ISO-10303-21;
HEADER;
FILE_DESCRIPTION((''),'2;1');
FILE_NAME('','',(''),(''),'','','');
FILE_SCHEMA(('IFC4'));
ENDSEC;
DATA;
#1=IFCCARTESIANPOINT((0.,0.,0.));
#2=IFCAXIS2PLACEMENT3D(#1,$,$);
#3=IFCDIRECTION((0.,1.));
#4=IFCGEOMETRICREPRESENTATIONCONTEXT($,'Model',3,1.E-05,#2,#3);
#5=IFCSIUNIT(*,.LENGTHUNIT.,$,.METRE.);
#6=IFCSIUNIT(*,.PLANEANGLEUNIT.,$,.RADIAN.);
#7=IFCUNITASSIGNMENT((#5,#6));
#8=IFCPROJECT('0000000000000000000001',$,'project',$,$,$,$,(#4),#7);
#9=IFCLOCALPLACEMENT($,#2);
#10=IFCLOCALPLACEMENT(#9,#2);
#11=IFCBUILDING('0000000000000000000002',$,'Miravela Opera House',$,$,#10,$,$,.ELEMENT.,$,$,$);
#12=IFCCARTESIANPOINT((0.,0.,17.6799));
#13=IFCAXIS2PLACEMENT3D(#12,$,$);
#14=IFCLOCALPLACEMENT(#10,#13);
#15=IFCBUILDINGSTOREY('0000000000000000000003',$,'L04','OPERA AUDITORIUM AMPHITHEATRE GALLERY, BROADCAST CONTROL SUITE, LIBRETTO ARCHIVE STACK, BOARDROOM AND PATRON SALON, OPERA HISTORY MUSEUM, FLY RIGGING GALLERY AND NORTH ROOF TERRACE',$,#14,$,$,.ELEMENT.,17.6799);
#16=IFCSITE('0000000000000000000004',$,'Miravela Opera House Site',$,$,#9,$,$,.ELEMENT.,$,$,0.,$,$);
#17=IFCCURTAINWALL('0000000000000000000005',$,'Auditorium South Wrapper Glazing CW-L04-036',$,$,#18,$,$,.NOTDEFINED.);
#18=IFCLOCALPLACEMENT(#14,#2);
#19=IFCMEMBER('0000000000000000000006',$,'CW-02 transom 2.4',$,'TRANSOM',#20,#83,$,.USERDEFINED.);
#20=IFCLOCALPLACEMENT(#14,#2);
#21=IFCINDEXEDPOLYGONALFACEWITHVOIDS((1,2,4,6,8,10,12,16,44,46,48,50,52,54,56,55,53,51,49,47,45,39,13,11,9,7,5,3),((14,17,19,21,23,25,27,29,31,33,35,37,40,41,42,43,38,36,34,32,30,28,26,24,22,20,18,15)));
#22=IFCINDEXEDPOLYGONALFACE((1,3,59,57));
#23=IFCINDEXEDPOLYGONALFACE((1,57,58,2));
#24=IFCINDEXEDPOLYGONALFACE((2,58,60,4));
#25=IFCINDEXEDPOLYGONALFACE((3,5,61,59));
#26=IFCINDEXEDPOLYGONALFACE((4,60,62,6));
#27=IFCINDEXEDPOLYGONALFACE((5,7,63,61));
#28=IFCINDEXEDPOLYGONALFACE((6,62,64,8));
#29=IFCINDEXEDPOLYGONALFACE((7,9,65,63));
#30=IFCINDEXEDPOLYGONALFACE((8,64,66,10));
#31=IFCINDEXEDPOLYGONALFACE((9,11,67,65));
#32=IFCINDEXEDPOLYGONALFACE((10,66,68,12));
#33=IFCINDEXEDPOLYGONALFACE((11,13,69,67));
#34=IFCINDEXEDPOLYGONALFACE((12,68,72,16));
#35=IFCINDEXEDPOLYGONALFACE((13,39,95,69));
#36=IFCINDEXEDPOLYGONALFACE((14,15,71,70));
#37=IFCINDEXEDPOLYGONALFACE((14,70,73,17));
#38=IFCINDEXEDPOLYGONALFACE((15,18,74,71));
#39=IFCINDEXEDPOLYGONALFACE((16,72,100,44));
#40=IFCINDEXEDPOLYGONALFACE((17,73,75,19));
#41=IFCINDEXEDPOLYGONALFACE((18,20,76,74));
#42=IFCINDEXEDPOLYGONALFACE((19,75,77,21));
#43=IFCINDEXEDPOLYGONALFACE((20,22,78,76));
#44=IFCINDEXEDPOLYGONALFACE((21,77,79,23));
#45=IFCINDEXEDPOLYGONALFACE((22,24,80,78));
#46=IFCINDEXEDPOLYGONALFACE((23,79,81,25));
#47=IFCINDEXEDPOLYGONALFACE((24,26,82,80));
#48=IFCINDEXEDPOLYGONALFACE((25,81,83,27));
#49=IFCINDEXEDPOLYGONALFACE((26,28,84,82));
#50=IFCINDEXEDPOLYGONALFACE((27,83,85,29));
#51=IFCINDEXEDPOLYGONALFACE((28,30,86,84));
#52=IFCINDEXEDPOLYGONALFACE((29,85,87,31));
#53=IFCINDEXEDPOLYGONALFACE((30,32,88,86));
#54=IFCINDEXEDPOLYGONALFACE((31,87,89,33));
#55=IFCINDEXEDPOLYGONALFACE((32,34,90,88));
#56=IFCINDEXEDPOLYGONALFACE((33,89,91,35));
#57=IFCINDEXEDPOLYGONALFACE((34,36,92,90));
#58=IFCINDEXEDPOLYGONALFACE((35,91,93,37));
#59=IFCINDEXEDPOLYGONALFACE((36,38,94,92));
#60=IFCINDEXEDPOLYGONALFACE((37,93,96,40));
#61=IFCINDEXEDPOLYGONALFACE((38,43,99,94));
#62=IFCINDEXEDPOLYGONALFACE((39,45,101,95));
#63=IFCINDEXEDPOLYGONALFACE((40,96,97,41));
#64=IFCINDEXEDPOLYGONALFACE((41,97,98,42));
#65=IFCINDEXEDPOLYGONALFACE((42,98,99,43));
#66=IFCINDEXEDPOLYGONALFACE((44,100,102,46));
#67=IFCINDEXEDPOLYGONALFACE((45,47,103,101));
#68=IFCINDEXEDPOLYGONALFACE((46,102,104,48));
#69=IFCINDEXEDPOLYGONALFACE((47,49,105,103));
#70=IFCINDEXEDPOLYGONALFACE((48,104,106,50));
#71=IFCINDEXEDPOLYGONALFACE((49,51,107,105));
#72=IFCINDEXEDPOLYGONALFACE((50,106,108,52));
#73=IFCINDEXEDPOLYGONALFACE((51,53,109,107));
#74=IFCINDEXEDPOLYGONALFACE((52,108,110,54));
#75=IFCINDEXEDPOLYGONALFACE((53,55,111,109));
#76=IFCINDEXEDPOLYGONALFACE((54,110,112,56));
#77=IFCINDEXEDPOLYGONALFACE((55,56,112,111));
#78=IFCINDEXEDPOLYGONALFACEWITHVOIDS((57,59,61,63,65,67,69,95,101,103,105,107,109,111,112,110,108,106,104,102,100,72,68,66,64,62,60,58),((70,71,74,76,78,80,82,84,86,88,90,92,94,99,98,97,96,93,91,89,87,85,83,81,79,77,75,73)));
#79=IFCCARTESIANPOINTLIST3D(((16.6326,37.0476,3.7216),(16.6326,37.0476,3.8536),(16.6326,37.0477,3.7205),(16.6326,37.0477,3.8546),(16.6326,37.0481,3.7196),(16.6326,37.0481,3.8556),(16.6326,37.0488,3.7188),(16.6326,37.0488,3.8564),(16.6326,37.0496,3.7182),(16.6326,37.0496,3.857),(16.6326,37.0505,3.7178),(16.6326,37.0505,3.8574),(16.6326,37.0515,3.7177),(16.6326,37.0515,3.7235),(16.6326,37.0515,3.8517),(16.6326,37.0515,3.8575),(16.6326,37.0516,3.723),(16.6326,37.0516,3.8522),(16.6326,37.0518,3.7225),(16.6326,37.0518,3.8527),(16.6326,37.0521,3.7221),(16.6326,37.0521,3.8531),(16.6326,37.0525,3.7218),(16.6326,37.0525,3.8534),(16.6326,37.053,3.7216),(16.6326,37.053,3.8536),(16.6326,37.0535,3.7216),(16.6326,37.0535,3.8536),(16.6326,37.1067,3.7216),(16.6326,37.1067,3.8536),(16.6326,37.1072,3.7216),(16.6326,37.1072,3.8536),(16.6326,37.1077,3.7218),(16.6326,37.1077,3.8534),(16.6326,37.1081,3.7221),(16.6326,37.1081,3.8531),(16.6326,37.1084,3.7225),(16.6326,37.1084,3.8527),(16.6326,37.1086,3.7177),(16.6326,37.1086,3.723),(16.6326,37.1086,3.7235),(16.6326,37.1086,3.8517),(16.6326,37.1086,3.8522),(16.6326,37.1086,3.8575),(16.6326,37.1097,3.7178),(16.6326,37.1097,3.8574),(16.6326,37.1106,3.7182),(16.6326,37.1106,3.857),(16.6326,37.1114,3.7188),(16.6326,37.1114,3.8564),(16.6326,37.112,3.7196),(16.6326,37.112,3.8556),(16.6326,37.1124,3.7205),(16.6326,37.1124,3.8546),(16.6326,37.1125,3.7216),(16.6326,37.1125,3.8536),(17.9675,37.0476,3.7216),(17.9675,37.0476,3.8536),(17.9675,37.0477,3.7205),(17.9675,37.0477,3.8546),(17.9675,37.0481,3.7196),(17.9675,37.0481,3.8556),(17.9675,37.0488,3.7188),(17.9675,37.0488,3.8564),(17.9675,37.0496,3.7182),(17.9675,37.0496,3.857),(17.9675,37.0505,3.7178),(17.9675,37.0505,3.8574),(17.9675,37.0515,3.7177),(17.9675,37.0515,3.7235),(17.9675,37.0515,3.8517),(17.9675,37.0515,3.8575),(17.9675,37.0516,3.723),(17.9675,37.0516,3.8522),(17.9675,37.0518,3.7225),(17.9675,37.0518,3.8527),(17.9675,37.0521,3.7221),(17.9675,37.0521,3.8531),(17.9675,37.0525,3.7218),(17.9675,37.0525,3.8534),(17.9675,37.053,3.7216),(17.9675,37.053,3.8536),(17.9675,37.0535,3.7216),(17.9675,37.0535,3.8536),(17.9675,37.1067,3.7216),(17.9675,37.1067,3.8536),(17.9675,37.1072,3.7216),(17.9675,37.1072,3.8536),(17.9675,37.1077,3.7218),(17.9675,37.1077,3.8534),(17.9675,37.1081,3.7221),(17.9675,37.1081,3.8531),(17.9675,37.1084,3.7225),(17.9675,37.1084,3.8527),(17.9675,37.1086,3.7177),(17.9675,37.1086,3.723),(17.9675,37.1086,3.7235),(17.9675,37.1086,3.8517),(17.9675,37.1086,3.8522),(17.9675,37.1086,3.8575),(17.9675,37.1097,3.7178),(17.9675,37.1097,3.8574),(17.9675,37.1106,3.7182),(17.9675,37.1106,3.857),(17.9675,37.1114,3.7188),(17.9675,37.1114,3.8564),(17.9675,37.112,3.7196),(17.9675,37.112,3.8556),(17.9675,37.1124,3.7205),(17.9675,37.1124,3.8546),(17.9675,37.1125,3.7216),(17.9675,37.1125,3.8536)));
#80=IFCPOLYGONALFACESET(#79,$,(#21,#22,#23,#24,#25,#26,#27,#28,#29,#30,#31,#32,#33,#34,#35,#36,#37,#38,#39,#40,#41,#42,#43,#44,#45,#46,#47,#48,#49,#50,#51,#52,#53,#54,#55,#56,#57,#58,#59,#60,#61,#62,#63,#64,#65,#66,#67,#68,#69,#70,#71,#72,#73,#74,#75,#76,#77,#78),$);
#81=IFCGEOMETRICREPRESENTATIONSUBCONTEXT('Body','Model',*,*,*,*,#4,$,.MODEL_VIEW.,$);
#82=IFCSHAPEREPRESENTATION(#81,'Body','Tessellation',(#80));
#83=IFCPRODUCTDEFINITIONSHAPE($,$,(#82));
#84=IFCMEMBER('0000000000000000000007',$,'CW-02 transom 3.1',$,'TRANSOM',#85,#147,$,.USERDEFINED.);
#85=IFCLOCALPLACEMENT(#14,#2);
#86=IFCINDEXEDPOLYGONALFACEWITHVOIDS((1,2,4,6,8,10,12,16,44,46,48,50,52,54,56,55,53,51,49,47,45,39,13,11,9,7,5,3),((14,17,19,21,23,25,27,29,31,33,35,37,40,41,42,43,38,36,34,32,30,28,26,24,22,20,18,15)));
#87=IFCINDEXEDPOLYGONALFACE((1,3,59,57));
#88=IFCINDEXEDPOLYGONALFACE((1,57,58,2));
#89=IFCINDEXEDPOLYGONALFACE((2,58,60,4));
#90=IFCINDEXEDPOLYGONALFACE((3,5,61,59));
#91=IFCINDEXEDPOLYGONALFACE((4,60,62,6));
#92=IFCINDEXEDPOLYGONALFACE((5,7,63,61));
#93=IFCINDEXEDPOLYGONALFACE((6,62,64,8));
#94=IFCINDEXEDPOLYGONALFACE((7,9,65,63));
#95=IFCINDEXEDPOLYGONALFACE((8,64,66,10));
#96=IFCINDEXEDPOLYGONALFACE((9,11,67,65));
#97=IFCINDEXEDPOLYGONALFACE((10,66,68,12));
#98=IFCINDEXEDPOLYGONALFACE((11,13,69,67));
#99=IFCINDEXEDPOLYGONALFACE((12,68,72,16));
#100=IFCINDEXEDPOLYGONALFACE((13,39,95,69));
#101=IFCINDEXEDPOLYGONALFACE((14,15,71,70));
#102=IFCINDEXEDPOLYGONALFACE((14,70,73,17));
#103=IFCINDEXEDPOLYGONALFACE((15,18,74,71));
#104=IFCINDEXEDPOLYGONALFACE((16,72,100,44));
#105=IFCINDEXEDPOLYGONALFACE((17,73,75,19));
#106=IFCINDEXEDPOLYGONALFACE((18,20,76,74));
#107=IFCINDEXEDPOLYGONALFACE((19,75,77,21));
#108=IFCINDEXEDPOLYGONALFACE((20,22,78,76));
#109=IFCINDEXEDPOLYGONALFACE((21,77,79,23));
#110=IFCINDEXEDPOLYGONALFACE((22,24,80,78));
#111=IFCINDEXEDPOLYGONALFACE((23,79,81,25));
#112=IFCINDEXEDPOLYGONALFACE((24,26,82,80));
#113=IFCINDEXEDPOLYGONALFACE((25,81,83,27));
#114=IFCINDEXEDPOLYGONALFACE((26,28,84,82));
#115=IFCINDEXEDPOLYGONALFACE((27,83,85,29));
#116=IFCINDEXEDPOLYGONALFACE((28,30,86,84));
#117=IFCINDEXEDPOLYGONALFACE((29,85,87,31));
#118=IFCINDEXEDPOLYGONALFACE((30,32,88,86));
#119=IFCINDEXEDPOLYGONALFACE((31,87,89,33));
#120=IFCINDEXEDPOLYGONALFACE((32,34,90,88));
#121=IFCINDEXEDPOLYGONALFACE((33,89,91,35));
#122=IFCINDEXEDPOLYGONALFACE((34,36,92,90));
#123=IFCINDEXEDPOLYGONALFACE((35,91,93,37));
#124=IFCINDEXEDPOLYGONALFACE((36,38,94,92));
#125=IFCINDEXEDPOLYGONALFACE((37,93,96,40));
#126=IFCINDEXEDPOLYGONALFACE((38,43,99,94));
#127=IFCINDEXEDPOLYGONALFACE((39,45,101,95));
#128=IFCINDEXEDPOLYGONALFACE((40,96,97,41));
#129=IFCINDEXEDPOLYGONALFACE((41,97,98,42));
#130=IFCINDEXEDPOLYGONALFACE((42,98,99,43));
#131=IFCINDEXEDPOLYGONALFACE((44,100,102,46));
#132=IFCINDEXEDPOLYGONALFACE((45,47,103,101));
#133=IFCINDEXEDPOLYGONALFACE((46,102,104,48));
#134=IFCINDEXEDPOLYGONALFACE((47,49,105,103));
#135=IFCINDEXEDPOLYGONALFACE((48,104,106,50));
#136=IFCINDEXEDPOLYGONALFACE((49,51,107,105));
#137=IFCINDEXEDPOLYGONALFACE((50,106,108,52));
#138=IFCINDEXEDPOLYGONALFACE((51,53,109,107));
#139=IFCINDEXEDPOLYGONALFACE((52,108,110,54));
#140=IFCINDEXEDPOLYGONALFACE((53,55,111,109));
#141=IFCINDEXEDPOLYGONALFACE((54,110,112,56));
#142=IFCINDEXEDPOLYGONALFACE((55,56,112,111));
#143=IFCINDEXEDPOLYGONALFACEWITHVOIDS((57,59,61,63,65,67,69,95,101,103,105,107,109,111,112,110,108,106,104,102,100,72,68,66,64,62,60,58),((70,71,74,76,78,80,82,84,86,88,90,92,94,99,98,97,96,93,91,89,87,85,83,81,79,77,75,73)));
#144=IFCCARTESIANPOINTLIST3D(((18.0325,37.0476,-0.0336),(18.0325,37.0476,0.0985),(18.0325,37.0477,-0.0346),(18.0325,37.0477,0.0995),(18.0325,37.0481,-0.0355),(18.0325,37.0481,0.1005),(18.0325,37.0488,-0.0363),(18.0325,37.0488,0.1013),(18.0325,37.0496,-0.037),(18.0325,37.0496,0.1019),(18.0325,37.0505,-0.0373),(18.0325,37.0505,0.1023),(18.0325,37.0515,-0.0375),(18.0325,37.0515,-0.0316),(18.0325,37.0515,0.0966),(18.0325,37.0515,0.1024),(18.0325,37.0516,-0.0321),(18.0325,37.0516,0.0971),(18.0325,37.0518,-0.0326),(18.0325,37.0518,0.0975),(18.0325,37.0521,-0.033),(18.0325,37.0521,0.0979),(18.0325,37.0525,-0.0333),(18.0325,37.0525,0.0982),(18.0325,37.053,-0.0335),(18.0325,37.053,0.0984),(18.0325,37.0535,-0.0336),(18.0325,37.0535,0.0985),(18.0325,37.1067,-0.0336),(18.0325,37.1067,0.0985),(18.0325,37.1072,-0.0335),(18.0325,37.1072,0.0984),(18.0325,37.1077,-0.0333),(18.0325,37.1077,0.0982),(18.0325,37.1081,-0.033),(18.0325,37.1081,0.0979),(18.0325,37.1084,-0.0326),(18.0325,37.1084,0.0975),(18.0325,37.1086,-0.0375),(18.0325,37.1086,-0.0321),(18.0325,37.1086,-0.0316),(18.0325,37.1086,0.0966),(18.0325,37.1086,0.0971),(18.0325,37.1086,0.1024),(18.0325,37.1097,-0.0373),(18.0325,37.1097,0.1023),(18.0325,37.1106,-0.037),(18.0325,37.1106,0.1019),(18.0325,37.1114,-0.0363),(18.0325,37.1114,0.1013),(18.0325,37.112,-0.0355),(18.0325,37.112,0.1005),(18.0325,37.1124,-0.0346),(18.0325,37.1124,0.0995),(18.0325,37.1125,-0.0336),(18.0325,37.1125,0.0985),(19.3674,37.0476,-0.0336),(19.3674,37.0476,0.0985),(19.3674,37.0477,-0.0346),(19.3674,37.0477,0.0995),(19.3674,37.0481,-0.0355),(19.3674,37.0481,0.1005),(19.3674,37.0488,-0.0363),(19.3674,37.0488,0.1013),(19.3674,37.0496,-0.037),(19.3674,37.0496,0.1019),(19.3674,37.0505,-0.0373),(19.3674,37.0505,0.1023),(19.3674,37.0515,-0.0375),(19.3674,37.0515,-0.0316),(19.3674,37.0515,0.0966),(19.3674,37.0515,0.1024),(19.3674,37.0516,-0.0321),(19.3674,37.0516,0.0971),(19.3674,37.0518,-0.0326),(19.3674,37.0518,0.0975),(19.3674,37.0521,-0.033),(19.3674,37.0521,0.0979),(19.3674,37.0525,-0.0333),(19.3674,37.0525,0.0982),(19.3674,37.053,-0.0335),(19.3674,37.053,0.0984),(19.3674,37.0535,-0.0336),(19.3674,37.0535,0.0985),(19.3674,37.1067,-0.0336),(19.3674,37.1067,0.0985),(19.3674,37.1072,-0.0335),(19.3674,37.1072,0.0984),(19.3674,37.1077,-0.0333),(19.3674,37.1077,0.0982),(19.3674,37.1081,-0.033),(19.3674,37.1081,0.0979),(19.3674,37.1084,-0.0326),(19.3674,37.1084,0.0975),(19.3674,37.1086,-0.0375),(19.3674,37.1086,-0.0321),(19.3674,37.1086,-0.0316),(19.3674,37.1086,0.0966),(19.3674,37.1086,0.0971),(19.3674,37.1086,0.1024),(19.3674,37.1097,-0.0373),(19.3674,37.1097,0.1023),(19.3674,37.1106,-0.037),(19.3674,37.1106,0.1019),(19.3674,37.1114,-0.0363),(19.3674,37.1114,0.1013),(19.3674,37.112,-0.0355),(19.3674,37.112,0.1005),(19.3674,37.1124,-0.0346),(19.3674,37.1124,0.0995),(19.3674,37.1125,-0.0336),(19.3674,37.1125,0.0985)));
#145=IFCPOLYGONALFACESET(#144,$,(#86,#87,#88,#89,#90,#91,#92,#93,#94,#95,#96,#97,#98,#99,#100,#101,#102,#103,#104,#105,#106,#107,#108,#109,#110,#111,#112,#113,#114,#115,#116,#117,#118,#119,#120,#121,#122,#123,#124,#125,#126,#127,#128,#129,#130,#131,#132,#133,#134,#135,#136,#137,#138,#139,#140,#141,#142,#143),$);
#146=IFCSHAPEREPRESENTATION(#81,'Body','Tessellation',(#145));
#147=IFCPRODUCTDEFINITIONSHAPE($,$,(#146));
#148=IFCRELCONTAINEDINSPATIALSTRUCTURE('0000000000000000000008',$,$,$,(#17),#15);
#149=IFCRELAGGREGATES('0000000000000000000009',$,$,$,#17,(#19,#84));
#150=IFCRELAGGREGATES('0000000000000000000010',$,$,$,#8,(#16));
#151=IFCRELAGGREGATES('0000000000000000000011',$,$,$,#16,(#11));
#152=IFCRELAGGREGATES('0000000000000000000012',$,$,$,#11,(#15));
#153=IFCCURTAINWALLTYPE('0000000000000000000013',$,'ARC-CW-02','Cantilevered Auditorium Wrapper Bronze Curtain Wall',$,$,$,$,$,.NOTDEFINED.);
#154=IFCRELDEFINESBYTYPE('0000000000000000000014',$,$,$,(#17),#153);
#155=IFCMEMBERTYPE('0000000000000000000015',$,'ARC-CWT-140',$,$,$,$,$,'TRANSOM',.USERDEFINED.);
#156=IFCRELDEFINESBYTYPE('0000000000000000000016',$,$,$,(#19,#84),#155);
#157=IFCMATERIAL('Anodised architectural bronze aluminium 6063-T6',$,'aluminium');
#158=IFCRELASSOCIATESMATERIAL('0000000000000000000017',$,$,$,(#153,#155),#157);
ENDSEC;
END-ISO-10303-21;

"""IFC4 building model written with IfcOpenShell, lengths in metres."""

from ifc_helpers import new_model, si_unit, direction, frame, origin, origin_2d, place, context, subcontext, project, spatial, hollow_rectangle, extrude, material, material_profile, profile_set, type_object, element, aggregate, save


model = new_model("IFC4")

# Units and contexts
model_context = context("Model", 3, precision=1e-05, world=origin(), true_north=direction((0.0, 1.0)))
body_context = subcontext(model_context, "Body", "Model", "MODEL_VIEW")
ifc_project = project(units=[si_unit("LENGTHUNIT", "METRE"), si_unit("PLANEANGLEUNIT", "RADIAN")], contexts=[model_context])

# Site, building, storey
site_placement = place(None, origin())
site = spatial("IfcSite", under=ifc_project, at=site_placement, Name="Miravela Opera House Site", CompositionType="ELEMENT", RefElevation=0.0)
building_placement = place(site_placement, origin())
building = spatial("IfcBuilding", under=site, at=building_placement, Name="Miravela Opera House", CompositionType="ELEMENT")
storey_placement = place(building_placement, frame((0.0, 0.0, 17.6799)))
storey = spatial("IfcBuildingStorey", under=building, at=storey_placement, Name="L04", Description="OPERA AUDITORIUM AMPHITHEATRE GALLERY, BROADCAST CONTROL SUITE, LIBRETTO ARCHIVE STACK, BOARDROOM AND PATRON SALON, OPERA HISTORY MUSEUM, FLY RIGGING GALLERY AND NORTH ROOF TERRACE", CompositionType="ELEMENT", Elevation=17.6799)

# Curtain wall, members
ifc_material_1 = material(Name="Anodised architectural bronze aluminium 6063-T6", Category="aluminium")
curtain_wall_type = type_object("IfcCurtainWallType", Name="ARC-CW-02", Description="Cantilevered Auditorium Wrapper Bronze Curtain Wall", PredefinedType="NOTDEFINED", material=ifc_material_1)
curtain_wall_placement = place(storey_placement, origin())
curtain_wall = element("IfcCurtainWall", 1, at=curtain_wall_placement, inside=storey, type_object=curtain_wall_type, Name="Auditorium South Wrapper Glazing CW-L04-036", PredefinedType="NOTDEFINED")
ifc_material_profile_1 = material_profile(ifc_material_1, hollow_rectangle(XDim=0.0649, YDim=0.1399, WallThickness=0.0039, InnerFilletRadius=0.002, OuterFilletRadius=0.0039, at=origin_2d()), Name="CWT-65X140")
ifc_profile_set_1 = profile_set([ifc_material_profile_1])
member_type_1 = type_object("IfcMemberType", Name="ARC-CWT-140", ElementType="TRANSOM", PredefinedType="USERDEFINED", material=ifc_profile_set_1)
member_1_placement = place(storey_placement, frame((16.6326, 37.0801, 3.7876), z_axis=(1.0, 0.0, 0.0), x_axis=(0.0, 1.0, 0.0)))
member_1 = element("IfcMember", 2, at=member_1_placement, type_object=member_type_1, Name="CW-02 transom 2.4", ObjectType="TRANSOM", PredefinedType="USERDEFINED", context=body_context, shape_type="SweptSolid", body=[
    extrude(hollow_rectangle(XDim=0.0649, YDim=0.1399, WallThickness=0.0039, InnerFilletRadius=0.002, OuterFilletRadius=0.0039, at=origin_2d()), origin(), (0.0, 0.0, 1.0), 1.335),
])
member_2_placement = place(storey_placement, frame((18.0325, 37.0801, 0.0325), z_axis=(1.0, 0.0, 0.0), x_axis=(0.0, 1.0, 0.0)))
member_2 = element("IfcMember", 3, at=member_2_placement, type_object=member_type_1, Name="CW-02 transom 3.1", ObjectType="TRANSOM", PredefinedType="USERDEFINED", context=body_context, shape_type="SweptSolid", body=[
    extrude(hollow_rectangle(XDim=0.0649, YDim=0.1399, WallThickness=0.0039, InnerFilletRadius=0.002, OuterFilletRadius=0.0039, at=origin_2d()), origin(), (0.0, 0.0, 1.0), 1.335),
])

aggregate(curtain_wall, [member_1, member_2])

save(model, "model.ifc")
